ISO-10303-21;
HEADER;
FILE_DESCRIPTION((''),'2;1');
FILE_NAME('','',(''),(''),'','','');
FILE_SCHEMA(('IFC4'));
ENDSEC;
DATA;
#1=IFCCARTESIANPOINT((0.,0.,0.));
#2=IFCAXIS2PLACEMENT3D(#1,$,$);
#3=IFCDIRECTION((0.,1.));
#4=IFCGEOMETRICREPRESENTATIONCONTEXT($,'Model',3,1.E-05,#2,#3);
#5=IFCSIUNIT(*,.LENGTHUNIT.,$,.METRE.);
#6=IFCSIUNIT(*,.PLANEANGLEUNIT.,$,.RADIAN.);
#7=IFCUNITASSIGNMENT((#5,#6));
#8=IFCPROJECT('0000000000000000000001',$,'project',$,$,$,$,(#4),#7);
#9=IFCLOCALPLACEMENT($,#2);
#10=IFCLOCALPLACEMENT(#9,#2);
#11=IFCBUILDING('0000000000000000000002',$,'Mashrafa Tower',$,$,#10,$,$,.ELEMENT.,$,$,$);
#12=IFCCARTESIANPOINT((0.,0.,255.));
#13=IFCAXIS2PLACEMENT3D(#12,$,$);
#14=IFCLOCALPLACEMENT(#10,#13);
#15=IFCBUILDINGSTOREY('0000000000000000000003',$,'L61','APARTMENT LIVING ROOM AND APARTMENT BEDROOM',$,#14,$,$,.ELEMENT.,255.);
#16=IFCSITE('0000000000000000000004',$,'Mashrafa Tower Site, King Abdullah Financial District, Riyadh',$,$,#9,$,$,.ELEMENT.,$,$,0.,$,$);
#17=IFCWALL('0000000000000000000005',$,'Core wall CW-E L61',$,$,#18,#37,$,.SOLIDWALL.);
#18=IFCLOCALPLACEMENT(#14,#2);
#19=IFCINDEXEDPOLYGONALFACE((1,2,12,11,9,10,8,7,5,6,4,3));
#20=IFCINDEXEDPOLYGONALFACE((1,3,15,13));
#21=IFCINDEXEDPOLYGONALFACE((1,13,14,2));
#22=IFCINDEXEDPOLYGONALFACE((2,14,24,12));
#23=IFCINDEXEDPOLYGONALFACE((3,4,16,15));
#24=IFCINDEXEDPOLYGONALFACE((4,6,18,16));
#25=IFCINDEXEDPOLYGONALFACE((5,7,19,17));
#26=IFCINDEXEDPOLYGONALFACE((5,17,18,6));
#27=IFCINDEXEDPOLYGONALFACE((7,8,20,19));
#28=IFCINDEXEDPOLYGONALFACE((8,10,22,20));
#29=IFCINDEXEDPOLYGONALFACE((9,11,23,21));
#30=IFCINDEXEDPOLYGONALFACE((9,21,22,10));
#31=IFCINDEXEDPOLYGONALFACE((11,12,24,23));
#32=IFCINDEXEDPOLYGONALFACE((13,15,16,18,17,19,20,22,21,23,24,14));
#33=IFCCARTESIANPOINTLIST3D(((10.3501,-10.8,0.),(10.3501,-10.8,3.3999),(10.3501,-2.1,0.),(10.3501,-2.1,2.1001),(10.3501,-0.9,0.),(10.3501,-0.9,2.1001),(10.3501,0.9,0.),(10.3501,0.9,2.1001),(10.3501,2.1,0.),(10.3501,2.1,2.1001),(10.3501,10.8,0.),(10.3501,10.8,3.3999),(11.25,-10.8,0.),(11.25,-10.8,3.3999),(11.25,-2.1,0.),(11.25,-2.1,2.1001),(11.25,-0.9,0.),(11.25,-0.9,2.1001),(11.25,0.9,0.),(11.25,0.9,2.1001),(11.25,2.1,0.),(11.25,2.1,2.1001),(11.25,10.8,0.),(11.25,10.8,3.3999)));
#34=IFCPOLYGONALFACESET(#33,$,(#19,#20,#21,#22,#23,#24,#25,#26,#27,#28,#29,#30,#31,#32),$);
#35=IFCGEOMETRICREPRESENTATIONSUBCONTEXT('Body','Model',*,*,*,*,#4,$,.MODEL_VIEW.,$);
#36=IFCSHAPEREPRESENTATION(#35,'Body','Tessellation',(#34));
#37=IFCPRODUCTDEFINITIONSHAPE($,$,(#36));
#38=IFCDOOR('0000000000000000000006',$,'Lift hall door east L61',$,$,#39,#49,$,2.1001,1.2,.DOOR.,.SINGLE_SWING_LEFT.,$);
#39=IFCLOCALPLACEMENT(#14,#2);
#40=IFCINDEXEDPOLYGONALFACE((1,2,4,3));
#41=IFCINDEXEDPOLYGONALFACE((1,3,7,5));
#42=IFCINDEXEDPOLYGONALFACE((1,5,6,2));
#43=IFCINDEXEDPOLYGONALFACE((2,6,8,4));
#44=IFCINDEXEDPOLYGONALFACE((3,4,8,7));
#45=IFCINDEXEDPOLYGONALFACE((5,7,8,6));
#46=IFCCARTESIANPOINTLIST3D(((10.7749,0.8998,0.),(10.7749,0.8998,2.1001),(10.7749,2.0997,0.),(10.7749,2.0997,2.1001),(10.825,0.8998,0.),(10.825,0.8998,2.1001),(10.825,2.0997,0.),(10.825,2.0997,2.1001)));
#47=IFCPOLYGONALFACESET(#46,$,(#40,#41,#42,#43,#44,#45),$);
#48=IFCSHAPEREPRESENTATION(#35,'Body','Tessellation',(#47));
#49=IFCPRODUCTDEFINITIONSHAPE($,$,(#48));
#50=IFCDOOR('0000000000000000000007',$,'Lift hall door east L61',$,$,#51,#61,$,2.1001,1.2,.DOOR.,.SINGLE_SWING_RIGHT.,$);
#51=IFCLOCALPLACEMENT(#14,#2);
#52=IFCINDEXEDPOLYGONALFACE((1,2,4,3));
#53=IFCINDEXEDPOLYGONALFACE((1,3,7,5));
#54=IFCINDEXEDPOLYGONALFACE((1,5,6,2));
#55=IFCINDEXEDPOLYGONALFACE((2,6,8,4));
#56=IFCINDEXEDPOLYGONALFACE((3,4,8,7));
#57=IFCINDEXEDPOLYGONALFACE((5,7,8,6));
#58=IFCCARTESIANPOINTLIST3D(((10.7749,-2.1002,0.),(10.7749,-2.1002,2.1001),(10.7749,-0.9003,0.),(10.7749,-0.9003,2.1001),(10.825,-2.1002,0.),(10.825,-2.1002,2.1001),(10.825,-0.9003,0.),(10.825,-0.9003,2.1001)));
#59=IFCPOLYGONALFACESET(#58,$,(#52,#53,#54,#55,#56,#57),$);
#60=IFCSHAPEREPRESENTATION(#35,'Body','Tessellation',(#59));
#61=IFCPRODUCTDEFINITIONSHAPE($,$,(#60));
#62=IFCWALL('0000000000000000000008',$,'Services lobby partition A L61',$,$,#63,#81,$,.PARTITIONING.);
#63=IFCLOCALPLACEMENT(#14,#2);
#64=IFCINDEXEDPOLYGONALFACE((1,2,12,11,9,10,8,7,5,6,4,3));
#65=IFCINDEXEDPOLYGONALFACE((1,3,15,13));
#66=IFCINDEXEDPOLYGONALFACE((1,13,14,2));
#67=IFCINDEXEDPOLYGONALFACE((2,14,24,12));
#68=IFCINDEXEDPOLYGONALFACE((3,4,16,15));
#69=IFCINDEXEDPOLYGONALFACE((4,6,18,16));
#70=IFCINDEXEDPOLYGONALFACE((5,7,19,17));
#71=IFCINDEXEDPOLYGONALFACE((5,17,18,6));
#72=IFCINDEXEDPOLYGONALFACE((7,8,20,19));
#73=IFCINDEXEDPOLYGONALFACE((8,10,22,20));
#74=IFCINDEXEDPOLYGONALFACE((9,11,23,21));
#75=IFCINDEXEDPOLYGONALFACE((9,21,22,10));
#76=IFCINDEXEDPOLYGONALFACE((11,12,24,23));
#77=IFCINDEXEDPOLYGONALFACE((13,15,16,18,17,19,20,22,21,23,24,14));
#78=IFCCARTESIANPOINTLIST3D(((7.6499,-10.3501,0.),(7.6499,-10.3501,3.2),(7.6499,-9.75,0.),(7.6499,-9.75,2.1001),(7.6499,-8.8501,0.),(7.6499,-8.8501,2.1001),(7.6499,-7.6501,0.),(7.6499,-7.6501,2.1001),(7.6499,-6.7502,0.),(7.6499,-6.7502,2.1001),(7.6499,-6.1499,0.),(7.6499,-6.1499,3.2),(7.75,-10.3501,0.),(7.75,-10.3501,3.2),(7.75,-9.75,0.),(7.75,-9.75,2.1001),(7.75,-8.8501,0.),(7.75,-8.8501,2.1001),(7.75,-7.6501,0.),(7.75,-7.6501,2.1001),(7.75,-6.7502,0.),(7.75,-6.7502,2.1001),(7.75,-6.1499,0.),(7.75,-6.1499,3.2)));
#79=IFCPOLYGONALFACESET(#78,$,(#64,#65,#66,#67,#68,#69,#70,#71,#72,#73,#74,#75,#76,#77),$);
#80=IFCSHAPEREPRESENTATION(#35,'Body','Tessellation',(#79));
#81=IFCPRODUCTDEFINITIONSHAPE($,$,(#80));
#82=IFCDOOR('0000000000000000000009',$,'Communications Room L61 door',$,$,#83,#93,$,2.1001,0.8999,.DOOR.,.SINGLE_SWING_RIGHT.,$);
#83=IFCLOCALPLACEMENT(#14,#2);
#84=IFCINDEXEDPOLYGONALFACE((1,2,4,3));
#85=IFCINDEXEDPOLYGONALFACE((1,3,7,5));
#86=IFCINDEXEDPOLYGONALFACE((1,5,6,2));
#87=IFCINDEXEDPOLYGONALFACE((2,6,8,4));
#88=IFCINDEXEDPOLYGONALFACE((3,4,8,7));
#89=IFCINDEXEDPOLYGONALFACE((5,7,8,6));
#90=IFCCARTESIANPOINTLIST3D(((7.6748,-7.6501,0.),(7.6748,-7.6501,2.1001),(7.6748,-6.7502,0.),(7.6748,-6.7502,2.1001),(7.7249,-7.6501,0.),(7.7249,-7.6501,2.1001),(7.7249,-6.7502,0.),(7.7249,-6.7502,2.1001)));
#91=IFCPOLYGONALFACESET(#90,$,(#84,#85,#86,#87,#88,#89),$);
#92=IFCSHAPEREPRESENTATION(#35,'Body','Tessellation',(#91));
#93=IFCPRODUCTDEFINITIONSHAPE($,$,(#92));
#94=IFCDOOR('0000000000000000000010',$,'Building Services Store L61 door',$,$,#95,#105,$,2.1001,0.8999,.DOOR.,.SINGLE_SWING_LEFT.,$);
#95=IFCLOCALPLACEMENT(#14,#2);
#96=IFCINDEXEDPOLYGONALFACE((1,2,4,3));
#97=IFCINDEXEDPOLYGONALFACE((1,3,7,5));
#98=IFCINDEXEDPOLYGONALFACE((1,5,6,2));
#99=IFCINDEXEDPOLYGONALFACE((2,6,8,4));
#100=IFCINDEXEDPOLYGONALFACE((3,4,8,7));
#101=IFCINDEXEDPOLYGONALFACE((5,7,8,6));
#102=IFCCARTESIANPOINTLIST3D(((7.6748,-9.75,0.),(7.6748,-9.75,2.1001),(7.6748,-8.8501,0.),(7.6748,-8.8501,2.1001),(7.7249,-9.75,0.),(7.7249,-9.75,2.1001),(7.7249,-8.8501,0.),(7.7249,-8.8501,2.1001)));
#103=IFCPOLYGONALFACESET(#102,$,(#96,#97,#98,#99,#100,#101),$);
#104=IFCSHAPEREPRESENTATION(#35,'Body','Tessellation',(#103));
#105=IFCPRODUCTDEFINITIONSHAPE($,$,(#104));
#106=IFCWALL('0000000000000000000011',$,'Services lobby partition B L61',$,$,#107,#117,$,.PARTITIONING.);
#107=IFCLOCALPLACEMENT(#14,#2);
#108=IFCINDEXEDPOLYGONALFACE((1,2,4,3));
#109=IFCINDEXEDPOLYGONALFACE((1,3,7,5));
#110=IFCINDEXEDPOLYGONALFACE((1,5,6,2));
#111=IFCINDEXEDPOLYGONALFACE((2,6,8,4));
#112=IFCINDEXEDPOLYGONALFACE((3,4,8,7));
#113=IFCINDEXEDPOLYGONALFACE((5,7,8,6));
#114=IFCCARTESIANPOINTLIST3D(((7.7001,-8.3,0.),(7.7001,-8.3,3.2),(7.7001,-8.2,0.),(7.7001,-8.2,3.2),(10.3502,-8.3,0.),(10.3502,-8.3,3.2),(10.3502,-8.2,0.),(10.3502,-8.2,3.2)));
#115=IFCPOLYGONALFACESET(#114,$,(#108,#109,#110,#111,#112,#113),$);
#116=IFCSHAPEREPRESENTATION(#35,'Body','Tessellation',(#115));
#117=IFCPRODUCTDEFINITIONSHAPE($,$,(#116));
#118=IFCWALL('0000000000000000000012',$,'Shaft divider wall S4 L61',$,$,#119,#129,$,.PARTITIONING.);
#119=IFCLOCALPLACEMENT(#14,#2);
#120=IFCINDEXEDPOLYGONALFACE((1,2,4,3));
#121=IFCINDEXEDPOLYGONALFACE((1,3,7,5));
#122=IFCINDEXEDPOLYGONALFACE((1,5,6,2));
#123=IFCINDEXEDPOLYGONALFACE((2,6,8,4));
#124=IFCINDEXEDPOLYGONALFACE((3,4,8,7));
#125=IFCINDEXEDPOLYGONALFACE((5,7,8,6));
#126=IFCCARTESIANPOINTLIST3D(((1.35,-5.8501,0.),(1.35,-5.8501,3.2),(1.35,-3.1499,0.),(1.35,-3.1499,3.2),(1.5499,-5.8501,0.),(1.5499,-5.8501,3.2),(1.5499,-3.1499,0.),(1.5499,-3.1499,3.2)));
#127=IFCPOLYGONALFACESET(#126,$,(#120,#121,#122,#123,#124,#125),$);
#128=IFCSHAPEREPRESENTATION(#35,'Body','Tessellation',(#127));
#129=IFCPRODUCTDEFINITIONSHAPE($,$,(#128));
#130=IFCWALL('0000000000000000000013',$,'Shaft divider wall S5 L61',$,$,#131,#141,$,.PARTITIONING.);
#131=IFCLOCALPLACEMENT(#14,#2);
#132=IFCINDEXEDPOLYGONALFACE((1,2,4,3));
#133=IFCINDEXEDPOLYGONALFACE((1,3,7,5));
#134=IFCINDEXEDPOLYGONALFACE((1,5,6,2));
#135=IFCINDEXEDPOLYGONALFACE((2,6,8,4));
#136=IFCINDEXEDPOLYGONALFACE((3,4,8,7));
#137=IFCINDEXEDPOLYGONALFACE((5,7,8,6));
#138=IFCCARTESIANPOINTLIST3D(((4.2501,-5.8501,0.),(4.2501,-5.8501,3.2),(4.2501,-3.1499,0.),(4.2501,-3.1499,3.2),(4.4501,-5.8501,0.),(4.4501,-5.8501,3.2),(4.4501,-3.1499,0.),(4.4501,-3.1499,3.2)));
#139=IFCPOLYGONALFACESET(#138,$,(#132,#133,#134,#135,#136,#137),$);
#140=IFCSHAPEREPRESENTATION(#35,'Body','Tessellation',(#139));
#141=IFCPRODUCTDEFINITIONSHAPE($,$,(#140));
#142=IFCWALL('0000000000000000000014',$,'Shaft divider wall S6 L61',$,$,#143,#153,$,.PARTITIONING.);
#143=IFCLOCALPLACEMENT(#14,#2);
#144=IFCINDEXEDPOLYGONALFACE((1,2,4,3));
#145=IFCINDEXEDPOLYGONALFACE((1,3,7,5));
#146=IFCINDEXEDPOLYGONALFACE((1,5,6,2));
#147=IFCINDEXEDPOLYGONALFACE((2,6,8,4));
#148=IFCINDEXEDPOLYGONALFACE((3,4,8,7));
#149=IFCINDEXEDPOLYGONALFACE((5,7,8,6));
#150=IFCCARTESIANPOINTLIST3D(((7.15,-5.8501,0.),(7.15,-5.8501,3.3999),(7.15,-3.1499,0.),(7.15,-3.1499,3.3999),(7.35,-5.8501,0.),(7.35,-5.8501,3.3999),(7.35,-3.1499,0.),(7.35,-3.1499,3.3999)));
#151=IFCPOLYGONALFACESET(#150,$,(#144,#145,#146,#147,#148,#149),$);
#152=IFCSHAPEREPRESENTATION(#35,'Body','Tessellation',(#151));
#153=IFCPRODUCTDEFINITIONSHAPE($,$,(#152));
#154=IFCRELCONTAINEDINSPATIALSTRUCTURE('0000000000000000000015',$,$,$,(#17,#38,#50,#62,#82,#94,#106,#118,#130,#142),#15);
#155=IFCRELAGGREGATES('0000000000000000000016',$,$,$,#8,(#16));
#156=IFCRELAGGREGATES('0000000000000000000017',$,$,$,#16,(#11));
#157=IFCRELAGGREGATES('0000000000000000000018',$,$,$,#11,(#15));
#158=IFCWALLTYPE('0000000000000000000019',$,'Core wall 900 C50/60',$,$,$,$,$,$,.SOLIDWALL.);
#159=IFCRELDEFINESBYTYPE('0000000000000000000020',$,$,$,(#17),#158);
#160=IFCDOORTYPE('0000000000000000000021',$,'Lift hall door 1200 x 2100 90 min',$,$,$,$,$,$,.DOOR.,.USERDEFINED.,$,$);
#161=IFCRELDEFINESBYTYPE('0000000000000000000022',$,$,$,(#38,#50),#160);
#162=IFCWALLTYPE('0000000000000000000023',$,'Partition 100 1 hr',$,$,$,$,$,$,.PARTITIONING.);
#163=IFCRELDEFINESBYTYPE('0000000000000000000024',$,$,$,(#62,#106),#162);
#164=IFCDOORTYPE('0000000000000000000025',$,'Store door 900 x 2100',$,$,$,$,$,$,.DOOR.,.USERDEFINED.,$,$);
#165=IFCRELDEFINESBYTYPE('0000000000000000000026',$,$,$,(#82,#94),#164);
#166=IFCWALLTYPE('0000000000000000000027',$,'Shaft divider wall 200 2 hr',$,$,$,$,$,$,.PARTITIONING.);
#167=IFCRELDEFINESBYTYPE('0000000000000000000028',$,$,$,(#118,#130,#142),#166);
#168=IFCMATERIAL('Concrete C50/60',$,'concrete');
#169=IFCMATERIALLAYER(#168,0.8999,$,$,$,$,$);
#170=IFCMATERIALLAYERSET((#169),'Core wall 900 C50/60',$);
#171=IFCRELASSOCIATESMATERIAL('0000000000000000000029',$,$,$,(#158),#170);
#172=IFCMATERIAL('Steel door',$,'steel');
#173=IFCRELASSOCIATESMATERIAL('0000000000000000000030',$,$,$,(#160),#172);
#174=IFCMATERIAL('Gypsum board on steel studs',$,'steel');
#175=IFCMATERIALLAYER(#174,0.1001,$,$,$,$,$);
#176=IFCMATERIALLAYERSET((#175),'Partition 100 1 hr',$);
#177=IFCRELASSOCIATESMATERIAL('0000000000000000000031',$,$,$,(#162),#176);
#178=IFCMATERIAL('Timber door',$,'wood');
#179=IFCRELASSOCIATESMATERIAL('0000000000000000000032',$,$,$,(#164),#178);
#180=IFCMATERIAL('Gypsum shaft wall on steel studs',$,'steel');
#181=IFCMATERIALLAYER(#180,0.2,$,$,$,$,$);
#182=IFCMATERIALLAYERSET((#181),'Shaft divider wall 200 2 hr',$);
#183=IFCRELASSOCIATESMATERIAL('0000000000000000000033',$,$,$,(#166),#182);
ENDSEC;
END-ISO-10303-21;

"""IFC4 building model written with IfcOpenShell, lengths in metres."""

from ifc_helpers import new_model, si_unit, direction, frame, frame_2d, origin, place, context, subcontext, project, spatial, rectangle, extrude, material, layer, layer_set, type_object, element, fill, save


model = new_model("IFC4")

# Units and contexts
model_context = context("Model", 3, precision=1e-05, world=origin(), true_north=direction((0.0, 1.0)))
body_context = subcontext(model_context, "Body", "Model", "MODEL_VIEW")
ifc_project = project(units=[si_unit("LENGTHUNIT", "METRE"), si_unit("PLANEANGLEUNIT", "RADIAN")], contexts=[model_context])

# Site, building, storey
site_placement = place(None, origin())
site = spatial("IfcSite", under=ifc_project, at=site_placement, Name="Mashrafa Tower Site, King Abdullah Financial District, Riyadh", CompositionType="ELEMENT", RefElevation=0.0)
building_placement = place(site_placement, origin())
building = spatial("IfcBuilding", under=site, at=building_placement, Name="Mashrafa Tower", CompositionType="ELEMENT")
storey_placement = place(building_placement, frame((0.0, 0.0, 255.0)))
storey = spatial("IfcBuildingStorey", under=building, at=storey_placement, Name="L61", Description="APARTMENT LIVING ROOM AND APARTMENT BEDROOM", CompositionType="ELEMENT", Elevation=255.0)

# Walls, openings, doors
ifc_material_1 = material(Name="Concrete C50/60", Category="concrete")
ifc_layer_1 = layer(ifc_material_1, 0.8999)
ifc_layer_set_1 = layer_set([ifc_layer_1], Name="Core wall 900 C50/60")
wall_type_1 = type_object("IfcWallType", Name="Core wall 900 C50/60", PredefinedType="SOLIDWALL", material=ifc_layer_set_1)
wall_1_placement = place(storey_placement, frame((10.8, -10.8, 0.0), z_axis=(0.0, 0.0, 1.0), x_axis=(0.0, 1.0, 0.0)))
wall_1 = element("IfcWall", 1, at=wall_1_placement, inside=storey, type_object=wall_type_1, Name="Core wall CW-E L61", PredefinedType="SOLIDWALL", context=body_context, shape_type="SweptSolid", body=[
    extrude(rectangle(XDim=21.6001, YDim=0.8999, at=frame_2d((10.8, 0.0))), origin(), (0.0, 0.0, 1.0), 3.3999),
])
opening_1_placement = place(wall_1_placement, frame((11.7, 0.0, 0.0)))
opening_1 = element("IfcOpeningElement", 2, at=opening_1_placement, cuts=wall_1, PredefinedType="OPENING", context=body_context, shape_type="SweptSolid", body=[
    extrude(rectangle(XDim=1.2, YDim=2.1001, at=frame_2d((0.6001, 1.05))), frame((0.0, 0.46, 0.0), z_axis=(0.0, -1.0, 0.0), x_axis=(1.0, 0.0, 0.0)), (0.0, 0.0, 1.0), 0.9199),
])
opening_2_placement = place(wall_1_placement, frame((8.7, 0.0, 0.0)))
opening_2 = element("IfcOpeningElement", 3, at=opening_2_placement, cuts=wall_1, PredefinedType="OPENING", context=body_context, shape_type="SweptSolid", body=[
    extrude(rectangle(XDim=1.2, YDim=2.1001, at=frame_2d((0.6001, 1.05))), frame((0.0, 0.46, 0.0), z_axis=(0.0, -1.0, 0.0), x_axis=(1.0, 0.0, 0.0)), (0.0, 0.0, 1.0), 0.9199),
])
ifc_material_2 = material(Name="Steel door", Category="steel")
door_type_1 = type_object("IfcDoorType", Name="Lift hall door 1200 x 2100 90 min", OperationType="USERDEFINED", PredefinedType="DOOR", material=ifc_material_2)
door_1_placement = place(opening_1_placement, frame((1.2, 0.0, 0.0), z_axis=(0.0, 0.0, 1.0), x_axis=(-1.0, 0.0, 0.0)))
door_1 = element("IfcDoor", 4, at=door_1_placement, inside=storey, type_object=door_type_1, Name="Lift hall door east L61", OperationType="SINGLE_SWING_LEFT", OverallHeight=2.1001, OverallWidth=1.2, PredefinedType="DOOR", context=body_context, shape_type="SweptSolid", body=[
    extrude(rectangle(XDim=1.2, YDim=2.1001, at=frame_2d((0.6001, 1.05))), frame((0.0, 0.0249, 0.0), z_axis=(0.0, -1.0, 0.0), x_axis=(1.0, 0.0, 0.0)), (0.0, 0.0, 1.0), 0.05),
])
fill(opening_1, door_1)
door_2_placement = place(opening_2_placement, frame((1.2, 0.0, 0.0), z_axis=(0.0, 0.0, 1.0), x_axis=(-1.0, 0.0, 0.0)))
door_2 = element("IfcDoor", 5, at=door_2_placement, inside=storey, type_object=door_type_1, Name="Lift hall door east L61", OperationType="SINGLE_SWING_RIGHT", OverallHeight=2.1001, OverallWidth=1.2, PredefinedType="DOOR", context=body_context, shape_type="SweptSolid", body=[
    extrude(rectangle(XDim=1.2, YDim=2.1001, at=frame_2d((0.6001, 1.05))), frame((0.0, 0.0249, 0.0), z_axis=(0.0, -1.0, 0.0), x_axis=(1.0, 0.0, 0.0)), (0.0, 0.0, 1.0), 0.05),
])
fill(opening_2, door_2)
ifc_material_3 = material(Name="Gypsum board on steel studs", Category="steel")
ifc_layer_2 = layer(ifc_material_3, 0.1001)
ifc_layer_set_2 = layer_set([ifc_layer_2], Name="Partition 100 1 hr")
wall_type_2 = type_object("IfcWallType", Name="Partition 100 1 hr", PredefinedType="PARTITIONING", material=ifc_layer_set_2)
wall_2_placement = place(storey_placement, frame((7.7, -10.3501, 0.0), z_axis=(0.0, 0.0, 1.0), x_axis=(0.0, 1.0, 0.0)))
wall_2 = element("IfcWall", 6, at=wall_2_placement, inside=storey, type_object=wall_type_2, Name="Services lobby partition A L61", PredefinedType="PARTITIONING", context=body_context, shape_type="SweptSolid", body=[
    extrude(rectangle(XDim=4.2002, YDim=0.1001, at=frame_2d((2.1001, 0.0))), origin(), (0.0, 0.0, 1.0), 3.2),
])
opening_3_placement = place(wall_2_placement, frame((2.7, 0.0, 0.0)))
opening_3 = element("IfcOpeningElement", 7, at=opening_3_placement, cuts=wall_2, PredefinedType="OPENING", context=body_context, shape_type="SweptSolid", body=[
    extrude(rectangle(XDim=0.8999, YDim=2.1001, at=frame_2d((0.45, 1.05))), frame((0.0, 0.0601, 0.0), z_axis=(0.0, -1.0, 0.0), x_axis=(1.0, 0.0, 0.0)), (0.0, 0.0, 1.0), 0.1201),
])
opening_4_placement = place(wall_2_placement, frame((0.6001, 0.0, 0.0)))
opening_4 = element("IfcOpeningElement", 8, at=opening_4_placement, cuts=wall_2, PredefinedType="OPENING", context=body_context, shape_type="SweptSolid", body=[
    extrude(rectangle(XDim=0.8999, YDim=2.1001, at=frame_2d((0.45, 1.05))), frame((0.0, 0.0601, 0.0), z_axis=(0.0, -1.0, 0.0), x_axis=(1.0, 0.0, 0.0)), (0.0, 0.0, 1.0), 0.1201),
])
ifc_material_4 = material(Name="Timber door", Category="wood")
door_type_2 = type_object("IfcDoorType", Name="Store door 900 x 2100", OperationType="USERDEFINED", PredefinedType="DOOR", material=ifc_material_4)
door_3_placement = place(opening_3_placement, frame((0.8999, 0.0, 0.0), z_axis=(0.0, 0.0, 1.0), x_axis=(-1.0, 0.0, 0.0)))
door_3 = element("IfcDoor", 9, at=door_3_placement, inside=storey, type_object=door_type_2, Name="Communications Room L61 door", OperationType="SINGLE_SWING_RIGHT", OverallHeight=2.1001, OverallWidth=0.8999, PredefinedType="DOOR", context=body_context, shape_type="SweptSolid", body=[
    extrude(rectangle(XDim=0.8999, YDim=2.1001, at=frame_2d((0.45, 1.05))), frame((0.0, 0.0249, 0.0), z_axis=(0.0, -1.0, 0.0), x_axis=(1.0, 0.0, 0.0)), (0.0, 0.0, 1.0), 0.05),
])
fill(opening_3, door_3)
door_4_placement = place(opening_4_placement, frame((0.8999, 0.0, 0.0), z_axis=(0.0, 0.0, 1.0), x_axis=(-1.0, 0.0, 0.0)))
door_4 = element("IfcDoor", 10, at=door_4_placement, inside=storey, type_object=door_type_2, Name="Building Services Store L61 door", OperationType="SINGLE_SWING_LEFT", OverallHeight=2.1001, OverallWidth=0.8999, PredefinedType="DOOR", context=body_context, shape_type="SweptSolid", body=[
    extrude(rectangle(XDim=0.8999, YDim=2.1001, at=frame_2d((0.45, 1.05))), frame((0.0, 0.0249, 0.0), z_axis=(0.0, -1.0, 0.0), x_axis=(1.0, 0.0, 0.0)), (0.0, 0.0, 1.0), 0.05),
])
fill(opening_4, door_4)

# Walls
wall_3_placement = place(storey_placement, frame((7.7, -8.25, 0.0), z_axis=(0.0, 0.0, 1.0), x_axis=(1.0, 0.0, 0.0)))
element("IfcWall", 11, at=wall_3_placement, inside=storey, type_object=wall_type_2, Name="Services lobby partition B L61", PredefinedType="PARTITIONING", context=body_context, shape_type="SweptSolid", body=[
    extrude(rectangle(XDim=2.6501, YDim=0.1001, at=frame_2d((1.3252, 0.0))), origin(), (0.0, 0.0, 1.0), 3.2),
])
ifc_material_5 = material(Name="Gypsum shaft wall on steel studs", Category="steel")
ifc_layer_3 = layer(ifc_material_5, 0.2)
ifc_layer_set_3 = layer_set([ifc_layer_3], Name="Shaft divider wall 200 2 hr")
wall_type_3 = type_object("IfcWallType", Name="Shaft divider wall 200 2 hr", PredefinedType="PARTITIONING", material=ifc_layer_set_3)
for number, where, z_axis, x_axis, name in (
    (12, (1.45, -5.8501, 0.0), (0.0, 0.0, 1.0), (0.0, 1.0, 0.0), "Shaft divider wall S4 L61"),
    (13, (4.3501, -5.8501, 0.0), (0.0, 0.0, 1.0), (0.0, 1.0, 0.0), "Shaft divider wall S5 L61"),
):
    element("IfcWall", number, at=place(storey_placement, frame(where, z_axis=z_axis, x_axis=x_axis)), inside=storey, type_object=wall_type_3, Name=name, PredefinedType="PARTITIONING", context=body_context, shape_type="SweptSolid", body=[
        extrude(rectangle(XDim=2.7002, YDim=0.2, at=frame_2d((1.3501, 0.0))), origin(), (0.0, 0.0, 1.0), 3.2),
    ])
wall_4_placement = place(storey_placement, frame((7.25, -5.8501, 0.0), z_axis=(0.0, 0.0, 1.0), x_axis=(0.0, 1.0, 0.0)))
element("IfcWall", 14, at=wall_4_placement, inside=storey, type_object=wall_type_3, Name="Shaft divider wall S6 L61", PredefinedType="PARTITIONING", context=body_context, shape_type="SweptSolid", body=[
    extrude(rectangle(XDim=2.7002, YDim=0.2, at=frame_2d((1.3501, 0.0))), origin(), (0.0, 0.0, 1.0), 3.3999),
])

save(model, "model.ifc")
